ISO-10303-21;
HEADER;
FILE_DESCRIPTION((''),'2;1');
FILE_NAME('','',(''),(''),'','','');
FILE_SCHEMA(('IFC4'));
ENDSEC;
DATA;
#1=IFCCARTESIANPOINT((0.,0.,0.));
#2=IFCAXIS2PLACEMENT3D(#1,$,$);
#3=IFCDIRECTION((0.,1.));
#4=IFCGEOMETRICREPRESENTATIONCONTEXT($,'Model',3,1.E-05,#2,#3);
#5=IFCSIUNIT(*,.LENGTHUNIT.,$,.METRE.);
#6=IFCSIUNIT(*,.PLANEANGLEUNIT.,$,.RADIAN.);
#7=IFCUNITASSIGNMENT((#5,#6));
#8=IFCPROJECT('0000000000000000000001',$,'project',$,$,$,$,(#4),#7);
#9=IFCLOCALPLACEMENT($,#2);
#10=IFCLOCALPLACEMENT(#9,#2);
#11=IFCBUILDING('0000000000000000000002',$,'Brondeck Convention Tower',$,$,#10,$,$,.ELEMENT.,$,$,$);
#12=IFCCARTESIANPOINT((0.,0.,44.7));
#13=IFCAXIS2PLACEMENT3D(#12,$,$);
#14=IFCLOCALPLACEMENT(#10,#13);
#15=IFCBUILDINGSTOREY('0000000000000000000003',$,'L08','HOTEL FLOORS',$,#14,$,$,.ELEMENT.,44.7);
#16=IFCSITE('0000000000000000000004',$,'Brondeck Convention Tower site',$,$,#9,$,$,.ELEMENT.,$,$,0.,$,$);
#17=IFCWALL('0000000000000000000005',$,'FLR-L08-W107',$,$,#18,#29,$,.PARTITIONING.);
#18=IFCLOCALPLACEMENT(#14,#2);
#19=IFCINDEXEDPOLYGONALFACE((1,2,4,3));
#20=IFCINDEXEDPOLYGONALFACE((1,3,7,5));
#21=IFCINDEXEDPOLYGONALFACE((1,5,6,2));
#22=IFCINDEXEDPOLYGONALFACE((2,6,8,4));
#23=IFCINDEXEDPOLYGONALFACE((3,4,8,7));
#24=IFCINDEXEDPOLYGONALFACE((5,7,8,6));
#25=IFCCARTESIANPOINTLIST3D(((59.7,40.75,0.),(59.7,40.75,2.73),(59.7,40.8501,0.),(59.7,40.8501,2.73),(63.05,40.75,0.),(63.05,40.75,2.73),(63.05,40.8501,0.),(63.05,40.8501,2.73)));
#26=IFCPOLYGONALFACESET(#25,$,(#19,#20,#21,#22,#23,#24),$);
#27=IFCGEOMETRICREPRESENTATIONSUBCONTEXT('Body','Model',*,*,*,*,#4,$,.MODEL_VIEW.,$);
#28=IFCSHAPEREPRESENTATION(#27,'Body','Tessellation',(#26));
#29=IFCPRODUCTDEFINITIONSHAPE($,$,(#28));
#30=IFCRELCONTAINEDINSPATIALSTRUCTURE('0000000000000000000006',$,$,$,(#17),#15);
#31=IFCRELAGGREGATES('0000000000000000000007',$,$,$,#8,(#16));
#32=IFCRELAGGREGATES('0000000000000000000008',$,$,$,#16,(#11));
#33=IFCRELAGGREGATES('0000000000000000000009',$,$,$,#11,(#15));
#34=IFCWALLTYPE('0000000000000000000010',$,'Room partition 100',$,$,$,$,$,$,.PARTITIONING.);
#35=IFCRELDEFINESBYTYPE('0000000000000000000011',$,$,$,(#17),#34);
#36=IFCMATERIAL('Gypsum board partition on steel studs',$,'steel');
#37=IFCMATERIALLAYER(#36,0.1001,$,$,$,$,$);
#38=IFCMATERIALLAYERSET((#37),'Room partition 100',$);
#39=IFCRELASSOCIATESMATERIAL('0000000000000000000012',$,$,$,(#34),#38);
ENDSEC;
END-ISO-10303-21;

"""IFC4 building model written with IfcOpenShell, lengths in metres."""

from ifc_helpers import new_model, si_unit, direction, frame, frame_2d, origin, place, context, subcontext, project, spatial, rectangle, extrude, material, layer, layer_set, type_object, element, save


model = new_model("IFC4")

# Units and contexts
model_context = context("Model", 3, precision=1e-05, world=origin(), true_north=direction((0.0, 1.0)))
body_context = subcontext(model_context, "Body", "Model", "MODEL_VIEW")
ifc_project = project(units=[si_unit("LENGTHUNIT", "METRE"), si_unit("PLANEANGLEUNIT", "RADIAN")], contexts=[model_context])

# Site, building, storey
site_placement = place(None, origin())
site = spatial("IfcSite", under=ifc_project, at=site_placement, Name="Brondeck Convention Tower site", CompositionType="ELEMENT", RefElevation=0.0)
building_placement = place(site_placement, origin())
building = spatial("IfcBuilding", under=site, at=building_placement, Name="Brondeck Convention Tower", CompositionType="ELEMENT")
storey_placement = place(building_placement, frame((0.0, 0.0, 44.7)))
storey = spatial("IfcBuildingStorey", under=building, at=storey_placement, Name="L08", Description="HOTEL FLOORS", CompositionType="ELEMENT", Elevation=44.7)

# Wall
ifc_material_1 = material(Name="Gypsum board partition on steel studs", Category="steel")
ifc_layer_1 = layer(ifc_material_1, 0.1001)
ifc_layer_set_1 = layer_set([ifc_layer_1], Name="Room partition 100")
wall_type_1 = type_object("IfcWallType", Name="Room partition 100", PredefinedType="PARTITIONING", material=ifc_layer_set_1)
wall_1_placement = place(storey_placement, frame((59.7, 40.8, 0.0), z_axis=(0.0, 0.0, 1.0), x_axis=(1.0, 0.0, 0.0)))
element("IfcWall", 1, at=wall_1_placement, inside=storey, type_object=wall_type_1, Name="FLR-L08-W107", PredefinedType="PARTITIONING", context=body_context, shape_type="SweptSolid", body=[
    extrude(rectangle(XDim=3.3501, YDim=0.1001, at=frame_2d((1.675, 0.0))), origin(), (0.0, 0.0, 1.0), 2.73),
])

save(model, "model.ifc")
